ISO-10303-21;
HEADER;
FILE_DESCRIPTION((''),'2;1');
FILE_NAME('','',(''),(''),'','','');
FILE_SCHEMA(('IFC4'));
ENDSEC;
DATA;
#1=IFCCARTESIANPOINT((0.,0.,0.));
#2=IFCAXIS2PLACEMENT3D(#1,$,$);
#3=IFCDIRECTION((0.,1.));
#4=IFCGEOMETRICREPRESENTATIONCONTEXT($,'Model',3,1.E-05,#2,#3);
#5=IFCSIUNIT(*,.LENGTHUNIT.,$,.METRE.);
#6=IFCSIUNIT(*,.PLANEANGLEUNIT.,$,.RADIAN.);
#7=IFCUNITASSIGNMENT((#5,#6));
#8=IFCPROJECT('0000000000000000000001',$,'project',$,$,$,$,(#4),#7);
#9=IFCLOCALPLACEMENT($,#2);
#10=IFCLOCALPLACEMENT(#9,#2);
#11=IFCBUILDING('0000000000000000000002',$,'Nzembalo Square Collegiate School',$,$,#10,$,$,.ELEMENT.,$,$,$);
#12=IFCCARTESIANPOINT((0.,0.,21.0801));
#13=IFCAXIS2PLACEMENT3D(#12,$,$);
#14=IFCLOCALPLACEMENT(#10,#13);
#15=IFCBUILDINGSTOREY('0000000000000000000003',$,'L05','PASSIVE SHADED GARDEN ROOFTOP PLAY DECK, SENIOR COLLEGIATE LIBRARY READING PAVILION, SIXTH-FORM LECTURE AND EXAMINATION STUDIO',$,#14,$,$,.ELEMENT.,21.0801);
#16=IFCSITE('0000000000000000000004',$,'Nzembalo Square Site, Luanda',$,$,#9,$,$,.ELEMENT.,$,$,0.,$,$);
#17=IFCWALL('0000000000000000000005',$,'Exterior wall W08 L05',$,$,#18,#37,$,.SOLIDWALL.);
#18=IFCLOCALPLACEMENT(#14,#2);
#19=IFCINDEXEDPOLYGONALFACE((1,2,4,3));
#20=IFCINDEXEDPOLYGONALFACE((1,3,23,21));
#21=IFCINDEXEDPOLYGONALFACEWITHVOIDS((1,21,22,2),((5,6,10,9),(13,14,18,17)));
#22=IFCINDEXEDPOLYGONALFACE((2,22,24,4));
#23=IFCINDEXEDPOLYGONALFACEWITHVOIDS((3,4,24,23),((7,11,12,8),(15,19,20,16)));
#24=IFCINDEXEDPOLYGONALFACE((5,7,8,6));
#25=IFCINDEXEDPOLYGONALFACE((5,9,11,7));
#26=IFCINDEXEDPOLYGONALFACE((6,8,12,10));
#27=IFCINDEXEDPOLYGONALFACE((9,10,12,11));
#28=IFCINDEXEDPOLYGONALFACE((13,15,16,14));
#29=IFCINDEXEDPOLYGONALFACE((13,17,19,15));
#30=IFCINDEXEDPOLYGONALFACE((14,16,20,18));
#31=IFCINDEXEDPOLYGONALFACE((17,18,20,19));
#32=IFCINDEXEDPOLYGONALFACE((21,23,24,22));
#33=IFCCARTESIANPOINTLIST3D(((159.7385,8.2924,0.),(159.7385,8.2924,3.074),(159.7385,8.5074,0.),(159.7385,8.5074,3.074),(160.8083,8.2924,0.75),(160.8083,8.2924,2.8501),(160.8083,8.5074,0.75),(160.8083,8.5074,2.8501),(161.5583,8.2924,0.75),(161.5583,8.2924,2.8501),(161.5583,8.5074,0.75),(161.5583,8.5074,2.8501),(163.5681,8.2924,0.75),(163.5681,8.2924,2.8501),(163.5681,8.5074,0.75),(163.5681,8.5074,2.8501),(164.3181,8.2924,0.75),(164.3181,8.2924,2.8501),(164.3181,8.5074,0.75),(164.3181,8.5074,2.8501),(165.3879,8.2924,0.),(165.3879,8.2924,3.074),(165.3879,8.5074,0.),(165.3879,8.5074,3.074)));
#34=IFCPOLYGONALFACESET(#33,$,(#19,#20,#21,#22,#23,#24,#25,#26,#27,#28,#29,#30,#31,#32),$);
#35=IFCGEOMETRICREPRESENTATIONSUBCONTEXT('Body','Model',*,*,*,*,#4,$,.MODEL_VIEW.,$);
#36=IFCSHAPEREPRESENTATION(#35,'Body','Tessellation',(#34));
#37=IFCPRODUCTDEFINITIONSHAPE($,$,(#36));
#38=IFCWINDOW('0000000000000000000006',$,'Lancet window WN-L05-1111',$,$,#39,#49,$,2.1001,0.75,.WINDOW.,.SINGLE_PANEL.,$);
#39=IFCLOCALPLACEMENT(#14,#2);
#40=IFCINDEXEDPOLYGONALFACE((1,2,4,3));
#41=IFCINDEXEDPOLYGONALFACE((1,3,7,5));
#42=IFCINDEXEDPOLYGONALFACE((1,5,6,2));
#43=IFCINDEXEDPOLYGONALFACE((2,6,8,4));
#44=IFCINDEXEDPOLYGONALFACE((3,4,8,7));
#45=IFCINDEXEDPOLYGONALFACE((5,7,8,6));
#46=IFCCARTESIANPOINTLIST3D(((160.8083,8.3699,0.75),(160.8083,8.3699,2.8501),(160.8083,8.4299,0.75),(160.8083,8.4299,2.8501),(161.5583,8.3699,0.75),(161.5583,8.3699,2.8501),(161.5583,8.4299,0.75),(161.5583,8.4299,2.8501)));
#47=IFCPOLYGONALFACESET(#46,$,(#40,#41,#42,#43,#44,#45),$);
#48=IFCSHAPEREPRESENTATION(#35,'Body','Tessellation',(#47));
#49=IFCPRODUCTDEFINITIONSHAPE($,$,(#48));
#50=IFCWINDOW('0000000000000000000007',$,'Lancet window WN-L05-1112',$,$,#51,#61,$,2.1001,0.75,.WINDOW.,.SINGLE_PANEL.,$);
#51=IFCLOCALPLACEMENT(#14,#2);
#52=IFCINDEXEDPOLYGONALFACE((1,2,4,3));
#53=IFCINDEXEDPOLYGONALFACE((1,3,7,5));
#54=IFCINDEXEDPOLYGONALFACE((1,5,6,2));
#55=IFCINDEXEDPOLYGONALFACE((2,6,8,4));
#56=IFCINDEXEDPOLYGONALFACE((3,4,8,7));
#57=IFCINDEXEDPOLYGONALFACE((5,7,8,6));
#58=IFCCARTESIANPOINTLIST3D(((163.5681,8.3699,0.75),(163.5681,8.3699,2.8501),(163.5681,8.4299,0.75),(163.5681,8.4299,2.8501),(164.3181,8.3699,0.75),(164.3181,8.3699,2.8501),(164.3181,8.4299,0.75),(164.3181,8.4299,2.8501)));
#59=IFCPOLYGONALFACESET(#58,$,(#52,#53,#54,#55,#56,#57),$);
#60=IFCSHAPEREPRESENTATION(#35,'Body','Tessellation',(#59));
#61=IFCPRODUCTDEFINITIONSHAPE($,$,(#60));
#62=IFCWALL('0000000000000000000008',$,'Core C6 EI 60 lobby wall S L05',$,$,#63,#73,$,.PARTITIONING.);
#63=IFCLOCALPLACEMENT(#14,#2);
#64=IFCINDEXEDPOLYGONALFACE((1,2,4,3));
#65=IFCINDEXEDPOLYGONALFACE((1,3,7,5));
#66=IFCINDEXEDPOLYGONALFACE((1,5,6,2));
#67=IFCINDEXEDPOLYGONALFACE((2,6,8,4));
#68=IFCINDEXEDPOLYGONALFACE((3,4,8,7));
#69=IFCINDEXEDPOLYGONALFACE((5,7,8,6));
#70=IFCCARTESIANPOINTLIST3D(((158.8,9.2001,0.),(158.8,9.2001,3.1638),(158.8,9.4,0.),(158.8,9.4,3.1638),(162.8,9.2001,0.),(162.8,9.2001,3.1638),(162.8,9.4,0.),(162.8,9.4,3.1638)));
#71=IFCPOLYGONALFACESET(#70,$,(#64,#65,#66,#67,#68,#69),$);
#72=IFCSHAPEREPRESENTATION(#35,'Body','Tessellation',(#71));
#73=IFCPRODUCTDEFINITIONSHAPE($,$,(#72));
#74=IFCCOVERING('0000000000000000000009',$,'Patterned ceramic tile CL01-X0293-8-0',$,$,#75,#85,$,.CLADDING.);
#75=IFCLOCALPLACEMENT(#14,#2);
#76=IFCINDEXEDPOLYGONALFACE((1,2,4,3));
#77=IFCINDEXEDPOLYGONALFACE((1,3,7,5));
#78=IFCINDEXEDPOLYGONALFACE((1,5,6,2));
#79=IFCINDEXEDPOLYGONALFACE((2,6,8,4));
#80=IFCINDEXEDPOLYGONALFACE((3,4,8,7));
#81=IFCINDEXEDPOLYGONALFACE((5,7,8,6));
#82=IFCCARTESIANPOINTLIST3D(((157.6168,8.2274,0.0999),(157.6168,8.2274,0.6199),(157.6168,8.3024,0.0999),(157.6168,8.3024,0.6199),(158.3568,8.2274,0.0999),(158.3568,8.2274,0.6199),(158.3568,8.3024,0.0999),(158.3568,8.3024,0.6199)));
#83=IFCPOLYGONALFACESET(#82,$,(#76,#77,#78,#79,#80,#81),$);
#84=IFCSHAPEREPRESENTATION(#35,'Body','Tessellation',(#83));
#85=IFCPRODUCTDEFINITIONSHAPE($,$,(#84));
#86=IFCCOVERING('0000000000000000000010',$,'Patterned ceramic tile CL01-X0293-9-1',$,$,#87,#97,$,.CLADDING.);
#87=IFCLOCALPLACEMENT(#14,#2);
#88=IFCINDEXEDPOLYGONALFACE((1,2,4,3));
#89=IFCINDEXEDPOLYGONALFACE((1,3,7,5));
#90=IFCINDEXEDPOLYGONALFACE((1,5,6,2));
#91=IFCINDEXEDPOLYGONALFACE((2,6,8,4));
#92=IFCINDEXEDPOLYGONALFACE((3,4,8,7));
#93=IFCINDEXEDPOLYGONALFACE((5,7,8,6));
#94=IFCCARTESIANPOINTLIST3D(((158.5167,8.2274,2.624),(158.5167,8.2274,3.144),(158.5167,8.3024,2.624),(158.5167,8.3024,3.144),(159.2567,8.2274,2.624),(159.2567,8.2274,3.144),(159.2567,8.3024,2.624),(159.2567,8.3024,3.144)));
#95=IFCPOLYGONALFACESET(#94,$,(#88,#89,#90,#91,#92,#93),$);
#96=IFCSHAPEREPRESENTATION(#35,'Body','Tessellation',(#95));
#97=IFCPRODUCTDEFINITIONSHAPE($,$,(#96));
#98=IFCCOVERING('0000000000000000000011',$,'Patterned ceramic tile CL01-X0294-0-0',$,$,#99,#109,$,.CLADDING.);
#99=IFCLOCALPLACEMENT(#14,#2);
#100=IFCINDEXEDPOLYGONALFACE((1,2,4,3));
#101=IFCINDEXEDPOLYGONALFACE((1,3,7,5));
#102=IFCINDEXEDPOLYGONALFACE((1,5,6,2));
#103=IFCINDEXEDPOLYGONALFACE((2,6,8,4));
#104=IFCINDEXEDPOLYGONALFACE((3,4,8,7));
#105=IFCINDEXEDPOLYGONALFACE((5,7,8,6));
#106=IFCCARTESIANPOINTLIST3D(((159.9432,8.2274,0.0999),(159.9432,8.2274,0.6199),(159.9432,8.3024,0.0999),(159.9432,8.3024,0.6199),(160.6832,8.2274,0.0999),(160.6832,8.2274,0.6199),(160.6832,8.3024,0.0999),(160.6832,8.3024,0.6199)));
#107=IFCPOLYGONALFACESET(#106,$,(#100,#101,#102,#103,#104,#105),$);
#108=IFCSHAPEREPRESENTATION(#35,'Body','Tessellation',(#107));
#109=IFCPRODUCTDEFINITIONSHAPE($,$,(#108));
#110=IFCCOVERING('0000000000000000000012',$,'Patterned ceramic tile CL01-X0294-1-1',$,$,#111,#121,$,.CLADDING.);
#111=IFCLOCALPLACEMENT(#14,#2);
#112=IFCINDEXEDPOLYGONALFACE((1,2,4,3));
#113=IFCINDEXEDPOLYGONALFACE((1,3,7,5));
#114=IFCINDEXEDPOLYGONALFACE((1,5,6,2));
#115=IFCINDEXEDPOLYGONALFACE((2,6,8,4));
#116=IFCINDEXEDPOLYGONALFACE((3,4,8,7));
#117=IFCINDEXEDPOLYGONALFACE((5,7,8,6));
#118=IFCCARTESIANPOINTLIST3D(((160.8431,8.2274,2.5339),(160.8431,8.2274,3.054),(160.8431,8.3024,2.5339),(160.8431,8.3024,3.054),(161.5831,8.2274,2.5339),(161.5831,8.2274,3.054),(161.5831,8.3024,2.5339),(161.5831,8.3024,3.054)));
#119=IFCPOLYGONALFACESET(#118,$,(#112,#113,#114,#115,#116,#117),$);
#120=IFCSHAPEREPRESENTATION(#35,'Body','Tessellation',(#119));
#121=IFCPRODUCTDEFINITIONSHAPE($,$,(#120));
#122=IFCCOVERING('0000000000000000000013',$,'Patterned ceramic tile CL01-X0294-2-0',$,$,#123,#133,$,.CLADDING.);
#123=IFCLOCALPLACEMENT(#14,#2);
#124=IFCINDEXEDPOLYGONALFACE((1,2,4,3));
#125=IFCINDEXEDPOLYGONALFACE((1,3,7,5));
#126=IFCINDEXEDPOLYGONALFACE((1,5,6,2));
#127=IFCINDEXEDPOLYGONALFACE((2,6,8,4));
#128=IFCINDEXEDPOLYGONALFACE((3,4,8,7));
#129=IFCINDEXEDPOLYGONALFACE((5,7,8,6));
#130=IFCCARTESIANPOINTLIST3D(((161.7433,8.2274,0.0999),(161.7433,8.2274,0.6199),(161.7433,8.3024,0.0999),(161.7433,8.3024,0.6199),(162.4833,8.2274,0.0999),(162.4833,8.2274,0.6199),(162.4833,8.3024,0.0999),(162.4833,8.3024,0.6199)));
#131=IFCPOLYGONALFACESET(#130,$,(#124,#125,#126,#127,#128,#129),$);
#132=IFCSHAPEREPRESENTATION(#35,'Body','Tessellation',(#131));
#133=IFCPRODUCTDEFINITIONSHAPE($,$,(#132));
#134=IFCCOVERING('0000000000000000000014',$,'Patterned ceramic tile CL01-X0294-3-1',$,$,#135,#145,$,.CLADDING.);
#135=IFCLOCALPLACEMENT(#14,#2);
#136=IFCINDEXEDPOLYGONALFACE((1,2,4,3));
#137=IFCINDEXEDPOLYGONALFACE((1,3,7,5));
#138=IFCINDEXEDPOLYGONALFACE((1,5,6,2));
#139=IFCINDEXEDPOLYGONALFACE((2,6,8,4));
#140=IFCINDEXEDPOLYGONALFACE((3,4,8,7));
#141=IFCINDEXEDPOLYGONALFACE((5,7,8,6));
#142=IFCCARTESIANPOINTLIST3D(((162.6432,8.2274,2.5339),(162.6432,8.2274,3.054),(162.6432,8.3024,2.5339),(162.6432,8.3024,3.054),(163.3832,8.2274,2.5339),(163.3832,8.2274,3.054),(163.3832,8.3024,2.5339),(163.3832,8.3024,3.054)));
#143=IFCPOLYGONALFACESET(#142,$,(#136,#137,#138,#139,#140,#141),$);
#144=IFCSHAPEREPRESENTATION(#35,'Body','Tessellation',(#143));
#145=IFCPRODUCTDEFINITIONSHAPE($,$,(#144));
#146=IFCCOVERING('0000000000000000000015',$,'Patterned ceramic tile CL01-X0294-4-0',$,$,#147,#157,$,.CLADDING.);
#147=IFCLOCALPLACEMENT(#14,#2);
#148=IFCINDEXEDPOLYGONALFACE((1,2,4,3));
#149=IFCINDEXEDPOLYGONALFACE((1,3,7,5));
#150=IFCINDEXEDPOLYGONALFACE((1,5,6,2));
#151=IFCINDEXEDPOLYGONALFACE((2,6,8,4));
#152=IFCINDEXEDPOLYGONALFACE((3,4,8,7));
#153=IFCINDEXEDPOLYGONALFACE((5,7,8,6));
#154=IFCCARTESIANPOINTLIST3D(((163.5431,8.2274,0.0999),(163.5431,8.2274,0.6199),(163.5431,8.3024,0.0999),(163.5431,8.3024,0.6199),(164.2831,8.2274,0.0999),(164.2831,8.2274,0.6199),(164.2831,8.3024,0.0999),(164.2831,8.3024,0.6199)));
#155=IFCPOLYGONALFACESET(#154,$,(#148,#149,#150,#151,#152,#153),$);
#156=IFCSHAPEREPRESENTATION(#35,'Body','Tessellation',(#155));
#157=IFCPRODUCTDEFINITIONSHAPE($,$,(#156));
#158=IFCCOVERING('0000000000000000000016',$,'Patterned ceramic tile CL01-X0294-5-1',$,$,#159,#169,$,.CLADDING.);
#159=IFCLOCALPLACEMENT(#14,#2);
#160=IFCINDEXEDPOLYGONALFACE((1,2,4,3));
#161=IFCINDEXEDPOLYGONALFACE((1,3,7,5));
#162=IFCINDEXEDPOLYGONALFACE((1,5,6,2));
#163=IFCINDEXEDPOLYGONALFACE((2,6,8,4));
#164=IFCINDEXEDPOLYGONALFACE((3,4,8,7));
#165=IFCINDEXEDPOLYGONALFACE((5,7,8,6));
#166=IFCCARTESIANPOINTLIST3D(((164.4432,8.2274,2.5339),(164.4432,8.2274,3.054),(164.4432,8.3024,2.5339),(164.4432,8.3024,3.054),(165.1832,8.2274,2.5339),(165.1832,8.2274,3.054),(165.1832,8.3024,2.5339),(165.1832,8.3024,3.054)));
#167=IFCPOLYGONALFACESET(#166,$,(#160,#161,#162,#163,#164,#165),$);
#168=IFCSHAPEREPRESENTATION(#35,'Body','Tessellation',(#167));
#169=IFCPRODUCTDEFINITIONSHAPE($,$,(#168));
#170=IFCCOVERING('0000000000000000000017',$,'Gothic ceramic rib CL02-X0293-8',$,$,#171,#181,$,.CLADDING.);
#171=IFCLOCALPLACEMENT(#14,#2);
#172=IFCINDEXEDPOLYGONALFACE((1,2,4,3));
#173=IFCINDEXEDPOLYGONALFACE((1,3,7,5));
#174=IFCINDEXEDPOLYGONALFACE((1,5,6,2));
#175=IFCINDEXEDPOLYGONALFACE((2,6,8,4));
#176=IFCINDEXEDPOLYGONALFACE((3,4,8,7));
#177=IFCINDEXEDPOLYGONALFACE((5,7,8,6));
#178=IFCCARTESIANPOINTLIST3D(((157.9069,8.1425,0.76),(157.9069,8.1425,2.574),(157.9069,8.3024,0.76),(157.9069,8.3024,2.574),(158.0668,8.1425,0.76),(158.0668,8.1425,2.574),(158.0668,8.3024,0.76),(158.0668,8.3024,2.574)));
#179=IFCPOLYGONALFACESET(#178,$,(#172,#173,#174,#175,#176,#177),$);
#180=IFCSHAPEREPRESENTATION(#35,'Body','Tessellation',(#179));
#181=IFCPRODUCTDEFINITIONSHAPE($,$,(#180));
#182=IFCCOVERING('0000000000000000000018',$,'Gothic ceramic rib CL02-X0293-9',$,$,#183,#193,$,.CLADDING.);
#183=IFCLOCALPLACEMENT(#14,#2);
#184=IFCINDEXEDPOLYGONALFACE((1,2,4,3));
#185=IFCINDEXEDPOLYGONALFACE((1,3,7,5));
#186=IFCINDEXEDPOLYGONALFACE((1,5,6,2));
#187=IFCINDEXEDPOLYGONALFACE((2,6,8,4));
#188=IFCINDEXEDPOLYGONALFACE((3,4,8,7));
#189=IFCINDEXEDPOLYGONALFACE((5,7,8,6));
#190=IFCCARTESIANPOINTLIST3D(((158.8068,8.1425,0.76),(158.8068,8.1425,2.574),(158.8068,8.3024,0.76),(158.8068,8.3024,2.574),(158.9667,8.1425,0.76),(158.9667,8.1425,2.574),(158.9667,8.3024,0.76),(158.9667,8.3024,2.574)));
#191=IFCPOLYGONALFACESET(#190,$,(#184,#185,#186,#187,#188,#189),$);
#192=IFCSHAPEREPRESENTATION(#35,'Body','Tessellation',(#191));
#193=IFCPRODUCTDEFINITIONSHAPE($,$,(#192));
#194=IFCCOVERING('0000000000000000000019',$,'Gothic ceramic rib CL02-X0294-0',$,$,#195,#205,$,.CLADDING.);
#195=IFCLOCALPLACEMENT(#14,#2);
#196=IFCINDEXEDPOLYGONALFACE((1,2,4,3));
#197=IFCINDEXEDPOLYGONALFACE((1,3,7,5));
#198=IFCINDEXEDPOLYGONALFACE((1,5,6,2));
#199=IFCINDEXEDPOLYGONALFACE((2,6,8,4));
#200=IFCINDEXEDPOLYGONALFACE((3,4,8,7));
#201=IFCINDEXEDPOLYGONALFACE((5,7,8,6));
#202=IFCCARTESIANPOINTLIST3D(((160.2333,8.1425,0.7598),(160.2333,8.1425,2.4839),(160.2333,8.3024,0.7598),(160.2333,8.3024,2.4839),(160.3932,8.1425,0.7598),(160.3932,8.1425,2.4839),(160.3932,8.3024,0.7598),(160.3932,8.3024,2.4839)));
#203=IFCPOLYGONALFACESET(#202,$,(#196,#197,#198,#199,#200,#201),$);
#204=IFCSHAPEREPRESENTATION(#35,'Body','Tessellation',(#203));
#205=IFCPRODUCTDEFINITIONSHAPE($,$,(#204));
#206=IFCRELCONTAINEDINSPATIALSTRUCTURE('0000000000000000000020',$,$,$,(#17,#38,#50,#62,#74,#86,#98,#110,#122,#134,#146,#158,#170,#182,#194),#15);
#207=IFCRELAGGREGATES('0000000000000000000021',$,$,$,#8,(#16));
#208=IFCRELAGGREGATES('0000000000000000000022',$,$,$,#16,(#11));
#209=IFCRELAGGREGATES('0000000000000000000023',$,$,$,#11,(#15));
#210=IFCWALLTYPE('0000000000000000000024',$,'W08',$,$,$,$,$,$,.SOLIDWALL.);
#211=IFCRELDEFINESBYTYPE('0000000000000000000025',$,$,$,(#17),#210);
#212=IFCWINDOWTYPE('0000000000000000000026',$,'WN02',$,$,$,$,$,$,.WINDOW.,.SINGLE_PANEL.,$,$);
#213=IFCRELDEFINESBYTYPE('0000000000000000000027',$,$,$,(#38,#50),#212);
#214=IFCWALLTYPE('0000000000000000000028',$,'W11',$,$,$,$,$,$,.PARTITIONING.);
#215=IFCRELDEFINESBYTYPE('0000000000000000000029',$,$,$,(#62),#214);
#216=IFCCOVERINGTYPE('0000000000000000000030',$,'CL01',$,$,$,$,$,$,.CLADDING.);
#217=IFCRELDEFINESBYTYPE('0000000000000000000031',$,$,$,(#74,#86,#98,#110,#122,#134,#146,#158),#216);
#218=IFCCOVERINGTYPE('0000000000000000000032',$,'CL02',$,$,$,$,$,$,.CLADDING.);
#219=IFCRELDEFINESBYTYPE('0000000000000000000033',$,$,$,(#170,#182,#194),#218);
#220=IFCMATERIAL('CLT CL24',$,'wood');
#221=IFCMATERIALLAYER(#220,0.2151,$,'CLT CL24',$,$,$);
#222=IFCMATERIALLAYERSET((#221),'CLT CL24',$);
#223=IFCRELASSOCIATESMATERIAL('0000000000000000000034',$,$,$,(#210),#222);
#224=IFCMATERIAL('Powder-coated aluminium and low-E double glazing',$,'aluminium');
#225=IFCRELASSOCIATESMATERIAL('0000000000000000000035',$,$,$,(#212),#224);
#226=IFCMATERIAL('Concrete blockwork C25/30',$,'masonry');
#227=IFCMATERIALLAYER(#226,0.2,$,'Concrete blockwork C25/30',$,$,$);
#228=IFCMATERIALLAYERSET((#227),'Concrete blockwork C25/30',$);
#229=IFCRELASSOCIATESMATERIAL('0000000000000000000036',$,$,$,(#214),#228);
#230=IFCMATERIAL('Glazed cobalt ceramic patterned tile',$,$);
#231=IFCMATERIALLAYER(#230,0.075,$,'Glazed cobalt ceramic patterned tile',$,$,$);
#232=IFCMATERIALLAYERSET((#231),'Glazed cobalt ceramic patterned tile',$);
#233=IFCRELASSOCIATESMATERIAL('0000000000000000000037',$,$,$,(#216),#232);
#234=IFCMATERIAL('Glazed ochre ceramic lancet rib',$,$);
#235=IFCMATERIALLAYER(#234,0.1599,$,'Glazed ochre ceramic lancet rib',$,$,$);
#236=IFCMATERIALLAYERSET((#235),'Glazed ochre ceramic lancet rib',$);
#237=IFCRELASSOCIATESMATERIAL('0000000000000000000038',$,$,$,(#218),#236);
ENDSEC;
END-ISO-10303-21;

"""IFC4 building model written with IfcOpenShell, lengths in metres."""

from ifc_helpers import new_model, si_unit, direction, frame, frame_2d, origin, origin_2d, place, context, subcontext, project, spatial, rectangle, extrude, material, layer, layer_set, type_object, element, fill, save


model = new_model("IFC4")

# Units and contexts
model_context = context("Model", 3, precision=1e-05, world=origin(), true_north=direction((0.0, 1.0)))
body_context = subcontext(model_context, "Body", "Model", "MODEL_VIEW")
ifc_project = project(units=[si_unit("LENGTHUNIT", "METRE"), si_unit("PLANEANGLEUNIT", "RADIAN")], contexts=[model_context])

# Site, building, storey
site_placement = place(None, origin())
site = spatial("IfcSite", under=ifc_project, at=site_placement, Name="Nzembalo Square Site, Luanda", CompositionType="ELEMENT", RefElevation=0.0)
building_placement = place(site_placement, origin())
building = spatial("IfcBuilding", under=site, at=building_placement, Name="Nzembalo Square Collegiate School", CompositionType="ELEMENT")
storey_placement = place(building_placement, frame((0.0, 0.0, 21.0801)))
storey = spatial("IfcBuildingStorey", under=building, at=storey_placement, Name="L05", Description="PASSIVE SHADED GARDEN ROOFTOP PLAY DECK, SENIOR COLLEGIATE LIBRARY READING PAVILION, SIXTH-FORM LECTURE AND EXAMINATION STUDIO", CompositionType="ELEMENT", Elevation=21.0801)

# Shared definitions
ifc_material_1 = material(Name="CLT CL24", Category="wood")
ifc_layer_1 = layer(ifc_material_1, 0.2151, Name="CLT CL24")
ifc_layer_set_1 = layer_set([ifc_layer_1], Name="CLT CL24")
wall_type_1 = type_object("IfcWallType", Name="W08", PredefinedType="SOLIDWALL", material=ifc_layer_set_1)

# Wall, openings, windows
wall_1_placement = place(storey_placement, frame((159.7385, 8.3999, 0.0), z_axis=(0.0, 0.0, 1.0), x_axis=(1.0, 0.0, 0.0)))
wall_1 = element("IfcWall", 1, at=wall_1_placement, inside=storey, type_object=wall_type_1, Name="Exterior wall W08 L05", PredefinedType="SOLIDWALL", context=body_context, shape_type="SweptSolid", body=[
    extrude(rectangle(XDim=5.6494, YDim=0.2151, at=frame_2d((2.8247, 0.0))), origin(), (0.0, 0.0, 1.0), 3.074),
])
opening_1_placement = place(wall_1_placement, frame((1.0698, 0.0, 0.75)))
opening_1 = element("IfcOpeningElement", 2, at=opening_1_placement, cuts=wall_1, PredefinedType="OPENING", context=body_context, shape_type="SweptSolid", body=[
    extrude(rectangle(XDim=0.75, YDim=2.1001, at=frame_2d((0.375, 1.05))), frame((0.0, 0.1177, 0.0), z_axis=(0.0, -1.0, 0.0), x_axis=(1.0, 0.0, 0.0)), (0.0, 0.0, 1.0), 0.2351),
])
opening_2_placement = place(wall_1_placement, frame((3.8296, 0.0, 0.75)))
opening_2 = element("IfcOpeningElement", 3, at=opening_2_placement, cuts=wall_1, PredefinedType="OPENING", context=body_context, shape_type="SweptSolid", body=[
    extrude(rectangle(XDim=0.75, YDim=2.1001, at=frame_2d((0.375, 1.05))), frame((0.0, 0.1177, 0.0), z_axis=(0.0, -1.0, 0.0), x_axis=(1.0, 0.0, 0.0)), (0.0, 0.0, 1.0), 0.2351),
])
ifc_material_2 = material(Name="Powder-coated aluminium and low-E double glazing", Category="aluminium")
window_type = type_object("IfcWindowType", Name="WN02", PartitioningType="SINGLE_PANEL", PredefinedType="WINDOW", material=ifc_material_2)
window_1_placement = place(opening_1_placement, origin())
window_1 = element("IfcWindow", 4, at=window_1_placement, inside=storey, type_object=window_type, Name="Lancet window WN-L05-1111", OverallHeight=2.1001, OverallWidth=0.75, PartitioningType="SINGLE_PANEL", PredefinedType="WINDOW", context=body_context, shape_type="SweptSolid", body=[
    extrude(rectangle(XDim=0.75, YDim=2.1001, at=frame_2d((0.375, 1.05))), frame((0.0, 0.03, 0.0), z_axis=(0.0, -1.0, 0.0), x_axis=(1.0, 0.0, 0.0)), (0.0, 0.0, 1.0), 0.0601),
])
fill(opening_1, window_1)
window_2_placement = place(opening_2_placement, origin())
window_2 = element("IfcWindow", 5, at=window_2_placement, inside=storey, type_object=window_type, Name="Lancet window WN-L05-1112", OverallHeight=2.1001, OverallWidth=0.75, PartitioningType="SINGLE_PANEL", PredefinedType="WINDOW", context=body_context, shape_type="SweptSolid", body=[
    extrude(rectangle(XDim=0.75, YDim=2.1001, at=frame_2d((0.375, 1.05))), frame((0.0, 0.03, 0.0), z_axis=(0.0, -1.0, 0.0), x_axis=(1.0, 0.0, 0.0)), (0.0, 0.0, 1.0), 0.0601),
])
fill(opening_2, window_2)

# Wall
ifc_material_3 = material(Name="Concrete blockwork C25/30", Category="masonry")
ifc_layer_2 = layer(ifc_material_3, 0.2, Name="Concrete blockwork C25/30")
ifc_layer_set_2 = layer_set([ifc_layer_2], Name="Concrete blockwork C25/30")
wall_type_2 = type_object("IfcWallType", Name="W11", PredefinedType="PARTITIONING", material=ifc_layer_set_2)
wall_2_placement = place(storey_placement, frame((158.8, 9.3, 0.0), z_axis=(0.0, 0.0, 1.0), x_axis=(1.0, 0.0, 0.0)))
element("IfcWall", 6, at=wall_2_placement, inside=storey, type_object=wall_type_2, Name="Core C6 EI 60 lobby wall S L05", PredefinedType="PARTITIONING", context=body_context, shape_type="SweptSolid", body=[
    extrude(rectangle(XDim=4.0, YDim=0.2, at=frame_2d((2.0, 0.0))), origin(), (0.0, 0.0, 1.0), 3.1638),
])

# Coverings
ifc_material_4 = material(Name="Glazed cobalt ceramic patterned tile")
ifc_layer_3 = layer(ifc_material_4, 0.075, Name="Glazed cobalt ceramic patterned tile")
ifc_layer_set_3 = layer_set([ifc_layer_3], Name="Glazed cobalt ceramic patterned tile")
covering_type_1 = type_object("IfcCoveringType", Name="CL01", PredefinedType="CLADDING", material=ifc_layer_set_3)
for number, where, z_axis, x_axis, name in (
    (7, (157.9868, 8.2649, 0.0999), (0.0, 0.0, 1.0), (1.0, 0.0, 0.0), "Patterned ceramic tile CL01-X0293-8-0"),
    (8, (158.8867, 8.2649, 2.624), (0.0, 0.0, 1.0), (1.0, 0.0, 0.0), "Patterned ceramic tile CL01-X0293-9-1"),
    (9, (160.3132, 8.2649, 0.0999), (0.0, 0.0, 1.0), (1.0, 0.0, 0.0), "Patterned ceramic tile CL01-X0294-0-0"),
    (10, (161.2131, 8.2649, 2.5339), (0.0, 0.0, 1.0), (1.0, 0.0, 0.0), "Patterned ceramic tile CL01-X0294-1-1"),
    (11, (162.1133, 8.2649, 0.0999), (0.0, 0.0, 1.0), (1.0, 0.0, 0.0), "Patterned ceramic tile CL01-X0294-2-0"),
    (12, (163.0132, 8.2649, 2.5339), (0.0, 0.0, 1.0), (1.0, 0.0, 0.0), "Patterned ceramic tile CL01-X0294-3-1"),
    (13, (163.9131, 8.2649, 0.0999), (0.0, 0.0, 1.0), (1.0, 0.0, 0.0), "Patterned ceramic tile CL01-X0294-4-0"),
    (14, (164.8132, 8.2649, 2.5339), (0.0, 0.0, 1.0), (1.0, 0.0, 0.0), "Patterned ceramic tile CL01-X0294-5-1"),
):
    element("IfcCovering", number, at=place(storey_placement, frame(where, z_axis=z_axis, x_axis=x_axis)), inside=storey, type_object=covering_type_1, Name=name, PredefinedType="CLADDING", context=body_context, shape_type="SweptSolid", body=[
        extrude(rectangle(XDim=0.74, YDim=0.075, at=origin_2d()), origin(), (0.0, 0.0, 1.0), 0.52),
    ])
ifc_material_5 = material(Name="Glazed ochre ceramic lancet rib")
ifc_layer_4 = layer(ifc_material_5, 0.1599, Name="Glazed ochre ceramic lancet rib")
ifc_layer_set_4 = layer_set([ifc_layer_4], Name="Glazed ochre ceramic lancet rib")
covering_type_2 = type_object("IfcCoveringType", Name="CL02", PredefinedType="CLADDING", material=ifc_layer_set_4)
for number, where, z_axis, x_axis, name in (
    (15, (157.9868, 8.2224, 0.76), (0.0, 0.0, 1.0), (1.0, 0.0, 0.0), "Gothic ceramic rib CL02-X0293-8"),
    (16, (158.8867, 8.2224, 0.76), (0.0, 0.0, 1.0), (1.0, 0.0, 0.0), "Gothic ceramic rib CL02-X0293-9"),
):
    element("IfcCovering", number, at=place(storey_placement, frame(where, z_axis=z_axis, x_axis=x_axis)), inside=storey, type_object=covering_type_2, Name=name, PredefinedType="CLADDING", context=body_context, shape_type="SweptSolid", body=[
        extrude(rectangle(XDim=0.1599, YDim=0.1599, at=origin_2d()), origin(), (0.0, 0.0, 1.0), 1.814),
    ])
for number, where, z_axis, x_axis, name in (
    (17, (160.3132, 8.2224, 0.7598), (0.0, 0.0, 1.0), (1.0, 0.0, 0.0), "Gothic ceramic rib CL02-X0294-0"),
):
    element("IfcCovering", number, at=place(storey_placement, frame(where, z_axis=z_axis, x_axis=x_axis)), inside=storey, type_object=covering_type_2, Name=name, PredefinedType="CLADDING", context=body_context, shape_type="SweptSolid", body=[
        extrude(rectangle(XDim=0.1599, YDim=0.1599, at=origin_2d()), origin(), (0.0, 0.0, 1.0), 1.7241),
    ])

save(model, "model.ifc")
